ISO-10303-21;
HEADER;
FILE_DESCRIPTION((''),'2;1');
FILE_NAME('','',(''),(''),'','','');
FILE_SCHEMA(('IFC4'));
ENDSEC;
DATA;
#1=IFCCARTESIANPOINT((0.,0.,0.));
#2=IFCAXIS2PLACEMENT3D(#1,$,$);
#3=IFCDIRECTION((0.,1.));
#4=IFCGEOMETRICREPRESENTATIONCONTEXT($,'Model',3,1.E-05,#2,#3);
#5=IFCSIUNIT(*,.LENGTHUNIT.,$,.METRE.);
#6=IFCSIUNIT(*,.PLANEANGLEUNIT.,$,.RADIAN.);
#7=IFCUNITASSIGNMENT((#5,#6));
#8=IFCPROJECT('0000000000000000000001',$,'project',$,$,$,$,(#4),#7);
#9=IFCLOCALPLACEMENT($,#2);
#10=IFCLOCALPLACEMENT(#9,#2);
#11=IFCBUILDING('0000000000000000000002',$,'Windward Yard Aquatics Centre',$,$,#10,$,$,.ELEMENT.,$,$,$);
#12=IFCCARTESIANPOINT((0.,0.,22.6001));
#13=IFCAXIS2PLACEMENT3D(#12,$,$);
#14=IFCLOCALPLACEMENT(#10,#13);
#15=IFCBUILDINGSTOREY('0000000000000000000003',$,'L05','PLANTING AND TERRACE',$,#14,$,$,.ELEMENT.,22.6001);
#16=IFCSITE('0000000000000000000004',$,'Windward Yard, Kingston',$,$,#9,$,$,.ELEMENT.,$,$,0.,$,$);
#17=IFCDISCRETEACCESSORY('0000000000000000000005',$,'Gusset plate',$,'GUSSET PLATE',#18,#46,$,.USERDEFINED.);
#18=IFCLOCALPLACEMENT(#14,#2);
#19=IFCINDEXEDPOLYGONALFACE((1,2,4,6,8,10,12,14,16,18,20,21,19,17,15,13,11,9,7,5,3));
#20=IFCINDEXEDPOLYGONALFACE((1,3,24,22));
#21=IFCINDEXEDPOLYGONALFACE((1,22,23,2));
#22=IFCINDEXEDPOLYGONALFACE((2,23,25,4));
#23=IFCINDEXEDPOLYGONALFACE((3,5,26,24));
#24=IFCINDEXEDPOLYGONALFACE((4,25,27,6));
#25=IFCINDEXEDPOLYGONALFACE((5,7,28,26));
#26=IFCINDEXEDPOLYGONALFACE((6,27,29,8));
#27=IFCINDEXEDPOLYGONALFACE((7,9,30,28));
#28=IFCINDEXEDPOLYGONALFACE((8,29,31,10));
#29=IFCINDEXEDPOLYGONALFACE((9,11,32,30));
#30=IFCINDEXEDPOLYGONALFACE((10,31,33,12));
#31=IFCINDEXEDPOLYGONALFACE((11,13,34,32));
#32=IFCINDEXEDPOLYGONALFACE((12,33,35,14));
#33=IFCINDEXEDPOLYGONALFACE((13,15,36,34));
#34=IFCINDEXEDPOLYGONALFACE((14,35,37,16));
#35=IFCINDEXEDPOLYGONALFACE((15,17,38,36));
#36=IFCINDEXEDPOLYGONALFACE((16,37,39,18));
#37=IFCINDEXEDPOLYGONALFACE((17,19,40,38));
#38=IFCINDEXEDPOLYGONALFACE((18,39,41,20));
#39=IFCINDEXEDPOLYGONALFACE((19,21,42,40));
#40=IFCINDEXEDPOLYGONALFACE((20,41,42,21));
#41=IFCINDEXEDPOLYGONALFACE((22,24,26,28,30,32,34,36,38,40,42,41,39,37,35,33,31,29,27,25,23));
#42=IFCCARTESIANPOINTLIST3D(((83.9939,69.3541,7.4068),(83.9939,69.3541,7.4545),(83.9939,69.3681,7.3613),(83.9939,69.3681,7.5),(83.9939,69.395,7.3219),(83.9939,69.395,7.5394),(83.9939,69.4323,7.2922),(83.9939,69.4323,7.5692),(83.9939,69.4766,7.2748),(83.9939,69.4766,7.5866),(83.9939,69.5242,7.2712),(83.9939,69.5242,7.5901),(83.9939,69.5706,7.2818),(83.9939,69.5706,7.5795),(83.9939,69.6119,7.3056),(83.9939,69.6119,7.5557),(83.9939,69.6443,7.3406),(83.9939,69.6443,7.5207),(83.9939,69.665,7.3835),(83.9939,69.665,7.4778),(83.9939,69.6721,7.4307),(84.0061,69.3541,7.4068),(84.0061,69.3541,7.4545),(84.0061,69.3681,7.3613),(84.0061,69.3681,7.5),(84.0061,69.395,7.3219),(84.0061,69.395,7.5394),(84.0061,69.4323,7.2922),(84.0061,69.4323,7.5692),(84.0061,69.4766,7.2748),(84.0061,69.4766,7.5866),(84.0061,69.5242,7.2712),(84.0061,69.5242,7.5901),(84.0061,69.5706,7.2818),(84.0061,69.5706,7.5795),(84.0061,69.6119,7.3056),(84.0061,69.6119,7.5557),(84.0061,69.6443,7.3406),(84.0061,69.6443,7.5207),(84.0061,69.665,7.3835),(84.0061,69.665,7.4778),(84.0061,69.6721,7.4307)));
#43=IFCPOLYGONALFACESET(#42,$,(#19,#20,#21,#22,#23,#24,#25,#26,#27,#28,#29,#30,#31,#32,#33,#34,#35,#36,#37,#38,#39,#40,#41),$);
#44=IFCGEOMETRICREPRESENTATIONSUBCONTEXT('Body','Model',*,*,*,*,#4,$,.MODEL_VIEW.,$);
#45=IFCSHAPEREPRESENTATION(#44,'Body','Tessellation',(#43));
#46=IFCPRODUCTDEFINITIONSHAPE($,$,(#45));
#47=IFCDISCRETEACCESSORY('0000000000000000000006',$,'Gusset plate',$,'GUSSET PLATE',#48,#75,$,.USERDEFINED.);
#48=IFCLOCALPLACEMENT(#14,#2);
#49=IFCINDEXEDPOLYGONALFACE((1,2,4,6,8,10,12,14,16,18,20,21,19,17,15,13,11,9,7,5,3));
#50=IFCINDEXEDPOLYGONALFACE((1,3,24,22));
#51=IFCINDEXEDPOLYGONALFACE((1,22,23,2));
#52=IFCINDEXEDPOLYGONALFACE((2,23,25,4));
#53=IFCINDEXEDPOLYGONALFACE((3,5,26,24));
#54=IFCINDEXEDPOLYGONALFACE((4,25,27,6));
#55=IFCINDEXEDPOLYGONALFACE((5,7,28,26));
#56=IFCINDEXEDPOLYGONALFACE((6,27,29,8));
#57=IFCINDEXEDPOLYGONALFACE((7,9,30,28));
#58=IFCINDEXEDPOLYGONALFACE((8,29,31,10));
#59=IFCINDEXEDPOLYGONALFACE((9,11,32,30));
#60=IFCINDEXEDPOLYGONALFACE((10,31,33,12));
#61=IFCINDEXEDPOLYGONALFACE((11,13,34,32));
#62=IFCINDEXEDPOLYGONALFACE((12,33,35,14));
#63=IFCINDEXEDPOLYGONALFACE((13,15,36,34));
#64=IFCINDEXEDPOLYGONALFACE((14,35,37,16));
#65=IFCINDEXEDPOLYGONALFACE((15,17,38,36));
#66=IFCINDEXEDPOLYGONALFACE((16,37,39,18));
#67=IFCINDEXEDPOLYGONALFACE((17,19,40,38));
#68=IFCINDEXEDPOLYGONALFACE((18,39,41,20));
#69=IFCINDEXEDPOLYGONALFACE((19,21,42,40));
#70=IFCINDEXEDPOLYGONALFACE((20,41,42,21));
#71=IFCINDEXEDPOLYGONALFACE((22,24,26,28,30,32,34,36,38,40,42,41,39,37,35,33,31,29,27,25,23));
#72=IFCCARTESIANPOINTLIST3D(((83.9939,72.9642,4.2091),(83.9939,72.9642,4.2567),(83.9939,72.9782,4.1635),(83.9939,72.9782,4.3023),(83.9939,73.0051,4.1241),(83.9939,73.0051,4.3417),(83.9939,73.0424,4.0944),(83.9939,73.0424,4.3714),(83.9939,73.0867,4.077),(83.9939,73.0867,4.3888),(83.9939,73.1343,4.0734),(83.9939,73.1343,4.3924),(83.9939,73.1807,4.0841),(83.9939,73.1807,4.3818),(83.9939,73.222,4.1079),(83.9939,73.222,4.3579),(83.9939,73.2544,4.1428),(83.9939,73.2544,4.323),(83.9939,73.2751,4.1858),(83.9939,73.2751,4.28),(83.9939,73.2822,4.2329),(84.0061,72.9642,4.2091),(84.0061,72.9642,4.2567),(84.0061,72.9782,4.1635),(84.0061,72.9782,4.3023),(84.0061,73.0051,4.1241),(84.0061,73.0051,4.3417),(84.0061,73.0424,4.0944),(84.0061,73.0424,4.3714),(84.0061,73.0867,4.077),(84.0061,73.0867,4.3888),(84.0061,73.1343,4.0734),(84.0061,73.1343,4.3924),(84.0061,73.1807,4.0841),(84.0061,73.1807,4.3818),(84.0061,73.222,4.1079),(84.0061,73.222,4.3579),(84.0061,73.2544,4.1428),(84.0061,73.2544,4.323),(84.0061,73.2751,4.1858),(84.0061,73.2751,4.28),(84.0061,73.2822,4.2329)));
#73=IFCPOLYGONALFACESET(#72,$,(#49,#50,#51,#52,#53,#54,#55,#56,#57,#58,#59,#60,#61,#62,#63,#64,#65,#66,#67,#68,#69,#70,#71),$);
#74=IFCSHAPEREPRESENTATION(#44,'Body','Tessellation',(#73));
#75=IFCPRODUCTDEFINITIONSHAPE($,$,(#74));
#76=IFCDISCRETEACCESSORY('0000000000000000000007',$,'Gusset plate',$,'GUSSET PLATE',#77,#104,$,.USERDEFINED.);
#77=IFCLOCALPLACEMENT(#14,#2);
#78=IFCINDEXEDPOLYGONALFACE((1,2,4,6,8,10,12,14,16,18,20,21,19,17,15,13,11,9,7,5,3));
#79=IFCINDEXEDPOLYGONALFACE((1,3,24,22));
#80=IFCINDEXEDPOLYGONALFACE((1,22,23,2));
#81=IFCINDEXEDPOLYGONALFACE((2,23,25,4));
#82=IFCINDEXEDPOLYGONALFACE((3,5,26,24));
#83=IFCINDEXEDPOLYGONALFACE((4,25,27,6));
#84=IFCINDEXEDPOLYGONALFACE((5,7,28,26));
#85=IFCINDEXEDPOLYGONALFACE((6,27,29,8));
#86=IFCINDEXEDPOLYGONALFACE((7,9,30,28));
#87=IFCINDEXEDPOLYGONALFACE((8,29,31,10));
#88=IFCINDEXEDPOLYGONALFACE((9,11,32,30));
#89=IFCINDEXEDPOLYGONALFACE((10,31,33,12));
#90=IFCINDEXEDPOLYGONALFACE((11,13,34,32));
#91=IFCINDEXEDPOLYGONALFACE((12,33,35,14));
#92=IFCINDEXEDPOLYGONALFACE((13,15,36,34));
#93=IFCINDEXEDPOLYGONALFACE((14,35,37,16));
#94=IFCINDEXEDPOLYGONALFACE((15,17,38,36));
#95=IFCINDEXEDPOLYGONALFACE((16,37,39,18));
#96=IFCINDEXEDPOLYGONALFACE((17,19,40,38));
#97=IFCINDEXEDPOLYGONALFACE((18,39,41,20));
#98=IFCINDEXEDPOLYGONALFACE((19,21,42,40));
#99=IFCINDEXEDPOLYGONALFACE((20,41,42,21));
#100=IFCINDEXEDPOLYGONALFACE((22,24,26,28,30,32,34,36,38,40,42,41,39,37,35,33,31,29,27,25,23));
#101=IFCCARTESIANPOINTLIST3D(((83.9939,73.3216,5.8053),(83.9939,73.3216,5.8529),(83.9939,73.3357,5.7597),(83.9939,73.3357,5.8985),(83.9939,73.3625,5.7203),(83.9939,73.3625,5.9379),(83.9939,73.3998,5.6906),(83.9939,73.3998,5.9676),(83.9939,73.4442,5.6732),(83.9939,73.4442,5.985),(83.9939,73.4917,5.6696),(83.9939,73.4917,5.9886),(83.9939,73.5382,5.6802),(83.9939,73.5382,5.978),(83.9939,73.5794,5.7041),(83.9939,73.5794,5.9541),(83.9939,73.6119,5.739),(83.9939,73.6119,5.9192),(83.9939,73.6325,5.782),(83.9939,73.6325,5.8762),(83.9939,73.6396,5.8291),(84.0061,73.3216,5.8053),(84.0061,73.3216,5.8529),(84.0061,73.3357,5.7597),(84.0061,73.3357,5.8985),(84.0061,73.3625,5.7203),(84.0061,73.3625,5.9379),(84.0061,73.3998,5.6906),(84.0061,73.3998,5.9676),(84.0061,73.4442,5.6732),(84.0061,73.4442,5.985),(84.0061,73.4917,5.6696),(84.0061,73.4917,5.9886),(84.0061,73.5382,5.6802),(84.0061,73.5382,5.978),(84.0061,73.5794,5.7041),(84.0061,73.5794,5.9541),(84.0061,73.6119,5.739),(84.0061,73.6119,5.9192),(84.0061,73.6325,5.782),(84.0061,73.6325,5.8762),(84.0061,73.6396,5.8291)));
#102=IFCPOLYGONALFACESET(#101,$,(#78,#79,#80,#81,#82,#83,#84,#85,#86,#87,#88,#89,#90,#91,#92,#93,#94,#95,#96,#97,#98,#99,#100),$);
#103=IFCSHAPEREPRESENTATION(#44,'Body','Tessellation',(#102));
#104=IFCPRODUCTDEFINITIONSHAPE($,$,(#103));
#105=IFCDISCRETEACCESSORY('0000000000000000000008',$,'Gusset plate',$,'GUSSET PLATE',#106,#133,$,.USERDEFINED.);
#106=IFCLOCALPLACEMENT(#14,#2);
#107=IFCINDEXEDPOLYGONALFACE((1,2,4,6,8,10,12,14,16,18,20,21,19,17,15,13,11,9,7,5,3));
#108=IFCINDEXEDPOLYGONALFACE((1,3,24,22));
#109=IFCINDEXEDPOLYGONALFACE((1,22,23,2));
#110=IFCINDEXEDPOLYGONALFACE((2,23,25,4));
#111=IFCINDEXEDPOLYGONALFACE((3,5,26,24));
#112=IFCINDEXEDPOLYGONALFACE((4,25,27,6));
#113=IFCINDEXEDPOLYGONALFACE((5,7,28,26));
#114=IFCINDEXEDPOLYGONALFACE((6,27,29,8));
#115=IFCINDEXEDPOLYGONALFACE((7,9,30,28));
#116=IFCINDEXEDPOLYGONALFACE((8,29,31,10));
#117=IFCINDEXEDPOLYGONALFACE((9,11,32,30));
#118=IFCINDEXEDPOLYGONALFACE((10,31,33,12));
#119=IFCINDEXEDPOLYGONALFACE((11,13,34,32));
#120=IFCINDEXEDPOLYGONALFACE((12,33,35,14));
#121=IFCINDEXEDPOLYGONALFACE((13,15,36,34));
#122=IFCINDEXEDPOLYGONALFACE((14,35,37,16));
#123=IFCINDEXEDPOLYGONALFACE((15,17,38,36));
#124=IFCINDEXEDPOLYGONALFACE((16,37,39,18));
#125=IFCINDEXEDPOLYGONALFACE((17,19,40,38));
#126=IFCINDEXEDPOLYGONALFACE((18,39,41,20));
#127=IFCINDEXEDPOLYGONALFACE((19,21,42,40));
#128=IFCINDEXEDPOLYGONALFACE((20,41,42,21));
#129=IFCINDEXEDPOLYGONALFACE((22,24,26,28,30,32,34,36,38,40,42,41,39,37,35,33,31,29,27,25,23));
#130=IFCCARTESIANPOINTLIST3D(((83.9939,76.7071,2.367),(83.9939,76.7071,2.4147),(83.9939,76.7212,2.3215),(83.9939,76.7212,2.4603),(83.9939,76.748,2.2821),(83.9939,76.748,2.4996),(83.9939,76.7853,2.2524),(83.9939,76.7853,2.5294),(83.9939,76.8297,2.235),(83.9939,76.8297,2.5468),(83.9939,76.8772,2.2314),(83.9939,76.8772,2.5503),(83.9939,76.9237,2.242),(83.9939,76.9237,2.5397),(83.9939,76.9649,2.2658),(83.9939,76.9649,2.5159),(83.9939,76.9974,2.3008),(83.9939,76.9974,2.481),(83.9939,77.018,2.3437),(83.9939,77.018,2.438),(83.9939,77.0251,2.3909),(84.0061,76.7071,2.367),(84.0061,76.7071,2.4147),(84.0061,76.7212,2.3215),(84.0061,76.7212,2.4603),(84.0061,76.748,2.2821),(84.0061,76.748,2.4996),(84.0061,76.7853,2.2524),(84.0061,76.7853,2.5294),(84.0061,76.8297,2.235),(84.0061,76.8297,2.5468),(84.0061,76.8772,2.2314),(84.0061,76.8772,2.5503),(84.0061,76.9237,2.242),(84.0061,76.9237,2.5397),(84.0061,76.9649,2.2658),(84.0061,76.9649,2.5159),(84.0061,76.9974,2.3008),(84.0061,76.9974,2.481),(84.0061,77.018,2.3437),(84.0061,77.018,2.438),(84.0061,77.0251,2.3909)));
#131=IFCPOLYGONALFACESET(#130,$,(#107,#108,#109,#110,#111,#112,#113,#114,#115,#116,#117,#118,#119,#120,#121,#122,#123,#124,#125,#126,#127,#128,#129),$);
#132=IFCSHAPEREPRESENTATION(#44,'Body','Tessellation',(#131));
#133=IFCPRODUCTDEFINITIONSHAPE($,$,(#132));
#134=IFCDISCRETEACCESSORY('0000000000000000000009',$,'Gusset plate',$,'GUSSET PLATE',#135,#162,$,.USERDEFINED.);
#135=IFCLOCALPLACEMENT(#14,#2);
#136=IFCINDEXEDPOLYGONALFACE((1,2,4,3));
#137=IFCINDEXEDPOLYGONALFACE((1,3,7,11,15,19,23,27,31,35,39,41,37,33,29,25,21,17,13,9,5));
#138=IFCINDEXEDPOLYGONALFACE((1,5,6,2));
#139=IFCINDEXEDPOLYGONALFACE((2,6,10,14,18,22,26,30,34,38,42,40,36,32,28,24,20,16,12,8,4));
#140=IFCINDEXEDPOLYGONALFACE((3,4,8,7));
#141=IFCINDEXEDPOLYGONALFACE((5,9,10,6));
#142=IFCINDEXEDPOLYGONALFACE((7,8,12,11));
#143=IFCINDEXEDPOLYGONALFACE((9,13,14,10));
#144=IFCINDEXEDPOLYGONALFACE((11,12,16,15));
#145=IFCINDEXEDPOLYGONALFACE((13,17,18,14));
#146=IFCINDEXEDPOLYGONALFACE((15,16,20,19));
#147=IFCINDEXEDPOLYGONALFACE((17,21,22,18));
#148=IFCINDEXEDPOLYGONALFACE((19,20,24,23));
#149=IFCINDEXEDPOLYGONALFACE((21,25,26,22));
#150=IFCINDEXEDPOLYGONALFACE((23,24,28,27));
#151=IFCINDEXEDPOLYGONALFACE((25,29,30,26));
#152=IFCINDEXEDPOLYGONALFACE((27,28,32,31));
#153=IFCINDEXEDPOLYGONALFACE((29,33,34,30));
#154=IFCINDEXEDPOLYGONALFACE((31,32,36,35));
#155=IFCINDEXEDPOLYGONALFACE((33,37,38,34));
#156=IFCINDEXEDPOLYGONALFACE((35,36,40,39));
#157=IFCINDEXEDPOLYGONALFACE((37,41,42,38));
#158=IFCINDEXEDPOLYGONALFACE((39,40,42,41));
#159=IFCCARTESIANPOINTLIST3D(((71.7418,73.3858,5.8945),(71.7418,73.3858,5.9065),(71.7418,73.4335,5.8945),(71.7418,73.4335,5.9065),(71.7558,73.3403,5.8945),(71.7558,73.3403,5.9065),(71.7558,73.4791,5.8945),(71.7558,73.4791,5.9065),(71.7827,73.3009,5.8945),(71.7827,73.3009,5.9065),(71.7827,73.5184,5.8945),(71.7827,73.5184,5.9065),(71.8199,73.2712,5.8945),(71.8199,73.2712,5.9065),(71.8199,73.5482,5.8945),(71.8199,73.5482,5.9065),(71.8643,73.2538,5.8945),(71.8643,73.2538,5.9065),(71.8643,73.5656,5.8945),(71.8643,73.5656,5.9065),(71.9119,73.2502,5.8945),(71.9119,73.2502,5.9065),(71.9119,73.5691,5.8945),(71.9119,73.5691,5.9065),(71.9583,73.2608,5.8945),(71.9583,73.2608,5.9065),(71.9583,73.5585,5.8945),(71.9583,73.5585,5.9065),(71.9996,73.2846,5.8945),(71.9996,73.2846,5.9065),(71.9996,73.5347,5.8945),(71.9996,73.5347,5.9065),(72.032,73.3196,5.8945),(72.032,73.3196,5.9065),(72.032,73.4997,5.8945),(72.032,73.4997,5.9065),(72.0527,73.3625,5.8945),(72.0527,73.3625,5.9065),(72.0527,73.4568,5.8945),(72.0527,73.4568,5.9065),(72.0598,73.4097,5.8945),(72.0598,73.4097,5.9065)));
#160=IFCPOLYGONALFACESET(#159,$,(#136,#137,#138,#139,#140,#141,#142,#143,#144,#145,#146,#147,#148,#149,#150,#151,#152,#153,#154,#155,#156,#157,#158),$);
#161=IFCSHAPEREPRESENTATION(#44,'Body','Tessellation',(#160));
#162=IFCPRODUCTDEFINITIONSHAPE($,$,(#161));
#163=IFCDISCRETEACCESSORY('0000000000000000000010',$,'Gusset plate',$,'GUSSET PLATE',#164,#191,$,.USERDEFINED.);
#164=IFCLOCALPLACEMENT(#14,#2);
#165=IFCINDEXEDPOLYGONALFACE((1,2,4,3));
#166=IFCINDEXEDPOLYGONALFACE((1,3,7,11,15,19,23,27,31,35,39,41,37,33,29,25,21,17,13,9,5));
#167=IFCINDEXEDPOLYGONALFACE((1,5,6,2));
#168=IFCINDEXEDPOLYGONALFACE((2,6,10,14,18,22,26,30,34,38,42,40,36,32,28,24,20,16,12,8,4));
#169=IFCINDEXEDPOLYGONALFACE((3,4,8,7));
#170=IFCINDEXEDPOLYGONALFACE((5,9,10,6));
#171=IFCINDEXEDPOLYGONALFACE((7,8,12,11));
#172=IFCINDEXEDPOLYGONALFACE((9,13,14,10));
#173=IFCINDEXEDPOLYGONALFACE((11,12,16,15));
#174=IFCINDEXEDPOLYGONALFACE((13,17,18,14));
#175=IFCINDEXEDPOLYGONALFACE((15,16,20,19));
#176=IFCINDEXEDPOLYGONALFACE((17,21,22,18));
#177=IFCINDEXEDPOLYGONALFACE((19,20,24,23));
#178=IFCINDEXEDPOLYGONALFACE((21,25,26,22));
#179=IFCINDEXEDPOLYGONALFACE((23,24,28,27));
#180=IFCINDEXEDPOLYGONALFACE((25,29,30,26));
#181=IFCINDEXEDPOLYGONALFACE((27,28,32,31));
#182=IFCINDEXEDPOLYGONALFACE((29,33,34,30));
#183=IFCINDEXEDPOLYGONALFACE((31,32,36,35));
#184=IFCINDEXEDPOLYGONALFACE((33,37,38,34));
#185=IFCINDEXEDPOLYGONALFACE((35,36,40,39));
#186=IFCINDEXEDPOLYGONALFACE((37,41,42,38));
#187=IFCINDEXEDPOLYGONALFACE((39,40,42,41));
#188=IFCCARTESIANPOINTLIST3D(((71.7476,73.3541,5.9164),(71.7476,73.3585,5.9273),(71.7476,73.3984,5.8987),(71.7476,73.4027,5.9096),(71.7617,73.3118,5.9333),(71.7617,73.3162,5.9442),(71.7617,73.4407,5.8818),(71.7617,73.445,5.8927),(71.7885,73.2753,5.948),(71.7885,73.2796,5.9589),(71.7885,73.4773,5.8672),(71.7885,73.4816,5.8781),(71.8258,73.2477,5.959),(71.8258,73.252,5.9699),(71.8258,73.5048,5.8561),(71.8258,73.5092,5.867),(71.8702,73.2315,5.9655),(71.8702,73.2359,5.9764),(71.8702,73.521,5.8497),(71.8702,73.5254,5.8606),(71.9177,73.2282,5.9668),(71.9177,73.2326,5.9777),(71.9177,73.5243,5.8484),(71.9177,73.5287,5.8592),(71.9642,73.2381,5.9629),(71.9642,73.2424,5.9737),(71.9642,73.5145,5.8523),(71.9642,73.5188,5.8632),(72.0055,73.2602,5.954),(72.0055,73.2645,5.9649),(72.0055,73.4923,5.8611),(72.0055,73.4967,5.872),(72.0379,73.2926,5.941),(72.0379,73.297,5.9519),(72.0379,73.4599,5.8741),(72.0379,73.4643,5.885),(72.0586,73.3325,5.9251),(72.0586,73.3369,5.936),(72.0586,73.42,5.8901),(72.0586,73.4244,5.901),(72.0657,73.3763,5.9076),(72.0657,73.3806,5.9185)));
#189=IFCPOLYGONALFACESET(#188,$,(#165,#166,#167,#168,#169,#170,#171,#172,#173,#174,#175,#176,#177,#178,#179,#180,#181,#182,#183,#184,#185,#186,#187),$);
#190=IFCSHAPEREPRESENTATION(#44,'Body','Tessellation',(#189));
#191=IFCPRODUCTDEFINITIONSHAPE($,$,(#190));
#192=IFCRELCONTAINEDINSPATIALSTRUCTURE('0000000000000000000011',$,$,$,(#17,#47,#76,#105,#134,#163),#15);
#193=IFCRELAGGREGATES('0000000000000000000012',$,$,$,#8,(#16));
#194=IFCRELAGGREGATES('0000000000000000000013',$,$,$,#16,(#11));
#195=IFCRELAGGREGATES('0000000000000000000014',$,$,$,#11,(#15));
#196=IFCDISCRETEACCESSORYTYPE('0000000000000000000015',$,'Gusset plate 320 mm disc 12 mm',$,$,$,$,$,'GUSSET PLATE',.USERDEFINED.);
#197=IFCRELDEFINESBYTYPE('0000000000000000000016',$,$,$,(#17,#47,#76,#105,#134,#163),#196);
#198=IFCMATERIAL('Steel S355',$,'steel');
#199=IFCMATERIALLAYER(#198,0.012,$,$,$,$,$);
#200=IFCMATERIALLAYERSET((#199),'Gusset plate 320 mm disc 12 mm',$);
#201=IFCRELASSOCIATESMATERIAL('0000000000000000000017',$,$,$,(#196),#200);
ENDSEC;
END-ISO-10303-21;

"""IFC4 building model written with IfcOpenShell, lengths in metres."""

from ifc_helpers import new_model, si_unit, direction, frame, origin, origin_2d, place, context, subcontext, project, spatial, circle, extrude, material, layer, layer_set, type_object, element, save


model = new_model("IFC4")

# Units and contexts
model_context = context("Model", 3, precision=1e-05, world=origin(), true_north=direction((0.0, 1.0)))
body_context = subcontext(model_context, "Body", "Model", "MODEL_VIEW")
ifc_project = project(units=[si_unit("LENGTHUNIT", "METRE"), si_unit("PLANEANGLEUNIT", "RADIAN")], contexts=[model_context])

# Site, building, storey
site_placement = place(None, origin())
site = spatial("IfcSite", under=ifc_project, at=site_placement, Name="Windward Yard, Kingston", CompositionType="ELEMENT", RefElevation=0.0)
building_placement = place(site_placement, origin())
building = spatial("IfcBuilding", under=site, at=building_placement, Name="Windward Yard Aquatics Centre", CompositionType="ELEMENT")
storey_placement = place(building_placement, frame((0.0, 0.0, 22.6001)))
storey = spatial("IfcBuildingStorey", under=building, at=storey_placement, Name="L05", Description="PLANTING AND TERRACE", CompositionType="ELEMENT", Elevation=22.6001)

# Discrete accessories
ifc_material_1 = material(Name="Steel S355", Category="steel")
ifc_layer = layer(ifc_material_1, 0.012)
ifc_layer_set = layer_set([ifc_layer], Name="Gusset plate 320 mm disc 12 mm")
discrete_accessory_type = type_object("IfcDiscreteAccessoryType", Name="Gusset plate 320 mm disc 12 mm", ElementType="GUSSET PLATE", PredefinedType="USERDEFINED", material=ifc_layer_set)
for number, where, z_axis, x_axis, name in (
    (1, (83.9939, 69.5122, 7.4307), (1.0, 0.0, 0.0), (0.0, 1.0, 0.0), "Gusset plate"),
    (2, (83.9939, 73.1223, 4.2329), (1.0, 0.0, 0.0), (0.0, 1.0, 0.0), "Gusset plate"),
    (3, (83.9939, 73.4797, 5.8291), (1.0, 0.0, 0.0), (0.0, 1.0, 0.0), "Gusset plate"),
    (4, (83.9939, 76.8652, 2.3909), (1.0, 0.0, 0.0), (0.0, 1.0, 0.0), "Gusset plate"),
):
    element("IfcDiscreteAccessory", number, at=place(storey_placement, frame(where, z_axis=z_axis, x_axis=x_axis)), inside=storey, type_object=discrete_accessory_type, Name=name, ObjectType="GUSSET PLATE", PredefinedType="USERDEFINED", context=body_context, shape_type="SweptSolid", body=[
        extrude(circle(Radius=0.1599, at=origin_2d()), origin(), (0.0, 0.0, 1.0), 0.0122),
    ])
discrete_accessory_1_placement = place(storey_placement, frame((71.8999, 73.4097, 5.8945), z_axis=(0.0, 0.0, 1.0), x_axis=(1.0, 0.0, 0.0)))
element("IfcDiscreteAccessory", 5, at=discrete_accessory_1_placement, inside=storey, type_object=discrete_accessory_type, Name="Gusset plate", ObjectType="GUSSET PLATE", PredefinedType="USERDEFINED", context=body_context, shape_type="SweptSolid", body=[
    extrude(circle(Radius=0.1599, at=origin_2d()), origin(), (0.0, 0.0, 1.0), 0.012),
])
discrete_accessory_2_placement = place(storey_placement, frame((71.9058, 73.3806, 5.9185), z_axis=(0.0, -0.371391, -0.928477), x_axis=(1.0, 0.0, 0.0)))
element("IfcDiscreteAccessory", 6, at=discrete_accessory_2_placement, inside=storey, type_object=discrete_accessory_type, Name="Gusset plate", ObjectType="GUSSET PLATE", PredefinedType="USERDEFINED", context=body_context, shape_type="SweptSolid", body=[
    extrude(circle(Radius=0.1599, at=origin_2d()), origin(), (0.0, 0.0, 1.0), 0.0117),
])

save(model, "model.ifc")
